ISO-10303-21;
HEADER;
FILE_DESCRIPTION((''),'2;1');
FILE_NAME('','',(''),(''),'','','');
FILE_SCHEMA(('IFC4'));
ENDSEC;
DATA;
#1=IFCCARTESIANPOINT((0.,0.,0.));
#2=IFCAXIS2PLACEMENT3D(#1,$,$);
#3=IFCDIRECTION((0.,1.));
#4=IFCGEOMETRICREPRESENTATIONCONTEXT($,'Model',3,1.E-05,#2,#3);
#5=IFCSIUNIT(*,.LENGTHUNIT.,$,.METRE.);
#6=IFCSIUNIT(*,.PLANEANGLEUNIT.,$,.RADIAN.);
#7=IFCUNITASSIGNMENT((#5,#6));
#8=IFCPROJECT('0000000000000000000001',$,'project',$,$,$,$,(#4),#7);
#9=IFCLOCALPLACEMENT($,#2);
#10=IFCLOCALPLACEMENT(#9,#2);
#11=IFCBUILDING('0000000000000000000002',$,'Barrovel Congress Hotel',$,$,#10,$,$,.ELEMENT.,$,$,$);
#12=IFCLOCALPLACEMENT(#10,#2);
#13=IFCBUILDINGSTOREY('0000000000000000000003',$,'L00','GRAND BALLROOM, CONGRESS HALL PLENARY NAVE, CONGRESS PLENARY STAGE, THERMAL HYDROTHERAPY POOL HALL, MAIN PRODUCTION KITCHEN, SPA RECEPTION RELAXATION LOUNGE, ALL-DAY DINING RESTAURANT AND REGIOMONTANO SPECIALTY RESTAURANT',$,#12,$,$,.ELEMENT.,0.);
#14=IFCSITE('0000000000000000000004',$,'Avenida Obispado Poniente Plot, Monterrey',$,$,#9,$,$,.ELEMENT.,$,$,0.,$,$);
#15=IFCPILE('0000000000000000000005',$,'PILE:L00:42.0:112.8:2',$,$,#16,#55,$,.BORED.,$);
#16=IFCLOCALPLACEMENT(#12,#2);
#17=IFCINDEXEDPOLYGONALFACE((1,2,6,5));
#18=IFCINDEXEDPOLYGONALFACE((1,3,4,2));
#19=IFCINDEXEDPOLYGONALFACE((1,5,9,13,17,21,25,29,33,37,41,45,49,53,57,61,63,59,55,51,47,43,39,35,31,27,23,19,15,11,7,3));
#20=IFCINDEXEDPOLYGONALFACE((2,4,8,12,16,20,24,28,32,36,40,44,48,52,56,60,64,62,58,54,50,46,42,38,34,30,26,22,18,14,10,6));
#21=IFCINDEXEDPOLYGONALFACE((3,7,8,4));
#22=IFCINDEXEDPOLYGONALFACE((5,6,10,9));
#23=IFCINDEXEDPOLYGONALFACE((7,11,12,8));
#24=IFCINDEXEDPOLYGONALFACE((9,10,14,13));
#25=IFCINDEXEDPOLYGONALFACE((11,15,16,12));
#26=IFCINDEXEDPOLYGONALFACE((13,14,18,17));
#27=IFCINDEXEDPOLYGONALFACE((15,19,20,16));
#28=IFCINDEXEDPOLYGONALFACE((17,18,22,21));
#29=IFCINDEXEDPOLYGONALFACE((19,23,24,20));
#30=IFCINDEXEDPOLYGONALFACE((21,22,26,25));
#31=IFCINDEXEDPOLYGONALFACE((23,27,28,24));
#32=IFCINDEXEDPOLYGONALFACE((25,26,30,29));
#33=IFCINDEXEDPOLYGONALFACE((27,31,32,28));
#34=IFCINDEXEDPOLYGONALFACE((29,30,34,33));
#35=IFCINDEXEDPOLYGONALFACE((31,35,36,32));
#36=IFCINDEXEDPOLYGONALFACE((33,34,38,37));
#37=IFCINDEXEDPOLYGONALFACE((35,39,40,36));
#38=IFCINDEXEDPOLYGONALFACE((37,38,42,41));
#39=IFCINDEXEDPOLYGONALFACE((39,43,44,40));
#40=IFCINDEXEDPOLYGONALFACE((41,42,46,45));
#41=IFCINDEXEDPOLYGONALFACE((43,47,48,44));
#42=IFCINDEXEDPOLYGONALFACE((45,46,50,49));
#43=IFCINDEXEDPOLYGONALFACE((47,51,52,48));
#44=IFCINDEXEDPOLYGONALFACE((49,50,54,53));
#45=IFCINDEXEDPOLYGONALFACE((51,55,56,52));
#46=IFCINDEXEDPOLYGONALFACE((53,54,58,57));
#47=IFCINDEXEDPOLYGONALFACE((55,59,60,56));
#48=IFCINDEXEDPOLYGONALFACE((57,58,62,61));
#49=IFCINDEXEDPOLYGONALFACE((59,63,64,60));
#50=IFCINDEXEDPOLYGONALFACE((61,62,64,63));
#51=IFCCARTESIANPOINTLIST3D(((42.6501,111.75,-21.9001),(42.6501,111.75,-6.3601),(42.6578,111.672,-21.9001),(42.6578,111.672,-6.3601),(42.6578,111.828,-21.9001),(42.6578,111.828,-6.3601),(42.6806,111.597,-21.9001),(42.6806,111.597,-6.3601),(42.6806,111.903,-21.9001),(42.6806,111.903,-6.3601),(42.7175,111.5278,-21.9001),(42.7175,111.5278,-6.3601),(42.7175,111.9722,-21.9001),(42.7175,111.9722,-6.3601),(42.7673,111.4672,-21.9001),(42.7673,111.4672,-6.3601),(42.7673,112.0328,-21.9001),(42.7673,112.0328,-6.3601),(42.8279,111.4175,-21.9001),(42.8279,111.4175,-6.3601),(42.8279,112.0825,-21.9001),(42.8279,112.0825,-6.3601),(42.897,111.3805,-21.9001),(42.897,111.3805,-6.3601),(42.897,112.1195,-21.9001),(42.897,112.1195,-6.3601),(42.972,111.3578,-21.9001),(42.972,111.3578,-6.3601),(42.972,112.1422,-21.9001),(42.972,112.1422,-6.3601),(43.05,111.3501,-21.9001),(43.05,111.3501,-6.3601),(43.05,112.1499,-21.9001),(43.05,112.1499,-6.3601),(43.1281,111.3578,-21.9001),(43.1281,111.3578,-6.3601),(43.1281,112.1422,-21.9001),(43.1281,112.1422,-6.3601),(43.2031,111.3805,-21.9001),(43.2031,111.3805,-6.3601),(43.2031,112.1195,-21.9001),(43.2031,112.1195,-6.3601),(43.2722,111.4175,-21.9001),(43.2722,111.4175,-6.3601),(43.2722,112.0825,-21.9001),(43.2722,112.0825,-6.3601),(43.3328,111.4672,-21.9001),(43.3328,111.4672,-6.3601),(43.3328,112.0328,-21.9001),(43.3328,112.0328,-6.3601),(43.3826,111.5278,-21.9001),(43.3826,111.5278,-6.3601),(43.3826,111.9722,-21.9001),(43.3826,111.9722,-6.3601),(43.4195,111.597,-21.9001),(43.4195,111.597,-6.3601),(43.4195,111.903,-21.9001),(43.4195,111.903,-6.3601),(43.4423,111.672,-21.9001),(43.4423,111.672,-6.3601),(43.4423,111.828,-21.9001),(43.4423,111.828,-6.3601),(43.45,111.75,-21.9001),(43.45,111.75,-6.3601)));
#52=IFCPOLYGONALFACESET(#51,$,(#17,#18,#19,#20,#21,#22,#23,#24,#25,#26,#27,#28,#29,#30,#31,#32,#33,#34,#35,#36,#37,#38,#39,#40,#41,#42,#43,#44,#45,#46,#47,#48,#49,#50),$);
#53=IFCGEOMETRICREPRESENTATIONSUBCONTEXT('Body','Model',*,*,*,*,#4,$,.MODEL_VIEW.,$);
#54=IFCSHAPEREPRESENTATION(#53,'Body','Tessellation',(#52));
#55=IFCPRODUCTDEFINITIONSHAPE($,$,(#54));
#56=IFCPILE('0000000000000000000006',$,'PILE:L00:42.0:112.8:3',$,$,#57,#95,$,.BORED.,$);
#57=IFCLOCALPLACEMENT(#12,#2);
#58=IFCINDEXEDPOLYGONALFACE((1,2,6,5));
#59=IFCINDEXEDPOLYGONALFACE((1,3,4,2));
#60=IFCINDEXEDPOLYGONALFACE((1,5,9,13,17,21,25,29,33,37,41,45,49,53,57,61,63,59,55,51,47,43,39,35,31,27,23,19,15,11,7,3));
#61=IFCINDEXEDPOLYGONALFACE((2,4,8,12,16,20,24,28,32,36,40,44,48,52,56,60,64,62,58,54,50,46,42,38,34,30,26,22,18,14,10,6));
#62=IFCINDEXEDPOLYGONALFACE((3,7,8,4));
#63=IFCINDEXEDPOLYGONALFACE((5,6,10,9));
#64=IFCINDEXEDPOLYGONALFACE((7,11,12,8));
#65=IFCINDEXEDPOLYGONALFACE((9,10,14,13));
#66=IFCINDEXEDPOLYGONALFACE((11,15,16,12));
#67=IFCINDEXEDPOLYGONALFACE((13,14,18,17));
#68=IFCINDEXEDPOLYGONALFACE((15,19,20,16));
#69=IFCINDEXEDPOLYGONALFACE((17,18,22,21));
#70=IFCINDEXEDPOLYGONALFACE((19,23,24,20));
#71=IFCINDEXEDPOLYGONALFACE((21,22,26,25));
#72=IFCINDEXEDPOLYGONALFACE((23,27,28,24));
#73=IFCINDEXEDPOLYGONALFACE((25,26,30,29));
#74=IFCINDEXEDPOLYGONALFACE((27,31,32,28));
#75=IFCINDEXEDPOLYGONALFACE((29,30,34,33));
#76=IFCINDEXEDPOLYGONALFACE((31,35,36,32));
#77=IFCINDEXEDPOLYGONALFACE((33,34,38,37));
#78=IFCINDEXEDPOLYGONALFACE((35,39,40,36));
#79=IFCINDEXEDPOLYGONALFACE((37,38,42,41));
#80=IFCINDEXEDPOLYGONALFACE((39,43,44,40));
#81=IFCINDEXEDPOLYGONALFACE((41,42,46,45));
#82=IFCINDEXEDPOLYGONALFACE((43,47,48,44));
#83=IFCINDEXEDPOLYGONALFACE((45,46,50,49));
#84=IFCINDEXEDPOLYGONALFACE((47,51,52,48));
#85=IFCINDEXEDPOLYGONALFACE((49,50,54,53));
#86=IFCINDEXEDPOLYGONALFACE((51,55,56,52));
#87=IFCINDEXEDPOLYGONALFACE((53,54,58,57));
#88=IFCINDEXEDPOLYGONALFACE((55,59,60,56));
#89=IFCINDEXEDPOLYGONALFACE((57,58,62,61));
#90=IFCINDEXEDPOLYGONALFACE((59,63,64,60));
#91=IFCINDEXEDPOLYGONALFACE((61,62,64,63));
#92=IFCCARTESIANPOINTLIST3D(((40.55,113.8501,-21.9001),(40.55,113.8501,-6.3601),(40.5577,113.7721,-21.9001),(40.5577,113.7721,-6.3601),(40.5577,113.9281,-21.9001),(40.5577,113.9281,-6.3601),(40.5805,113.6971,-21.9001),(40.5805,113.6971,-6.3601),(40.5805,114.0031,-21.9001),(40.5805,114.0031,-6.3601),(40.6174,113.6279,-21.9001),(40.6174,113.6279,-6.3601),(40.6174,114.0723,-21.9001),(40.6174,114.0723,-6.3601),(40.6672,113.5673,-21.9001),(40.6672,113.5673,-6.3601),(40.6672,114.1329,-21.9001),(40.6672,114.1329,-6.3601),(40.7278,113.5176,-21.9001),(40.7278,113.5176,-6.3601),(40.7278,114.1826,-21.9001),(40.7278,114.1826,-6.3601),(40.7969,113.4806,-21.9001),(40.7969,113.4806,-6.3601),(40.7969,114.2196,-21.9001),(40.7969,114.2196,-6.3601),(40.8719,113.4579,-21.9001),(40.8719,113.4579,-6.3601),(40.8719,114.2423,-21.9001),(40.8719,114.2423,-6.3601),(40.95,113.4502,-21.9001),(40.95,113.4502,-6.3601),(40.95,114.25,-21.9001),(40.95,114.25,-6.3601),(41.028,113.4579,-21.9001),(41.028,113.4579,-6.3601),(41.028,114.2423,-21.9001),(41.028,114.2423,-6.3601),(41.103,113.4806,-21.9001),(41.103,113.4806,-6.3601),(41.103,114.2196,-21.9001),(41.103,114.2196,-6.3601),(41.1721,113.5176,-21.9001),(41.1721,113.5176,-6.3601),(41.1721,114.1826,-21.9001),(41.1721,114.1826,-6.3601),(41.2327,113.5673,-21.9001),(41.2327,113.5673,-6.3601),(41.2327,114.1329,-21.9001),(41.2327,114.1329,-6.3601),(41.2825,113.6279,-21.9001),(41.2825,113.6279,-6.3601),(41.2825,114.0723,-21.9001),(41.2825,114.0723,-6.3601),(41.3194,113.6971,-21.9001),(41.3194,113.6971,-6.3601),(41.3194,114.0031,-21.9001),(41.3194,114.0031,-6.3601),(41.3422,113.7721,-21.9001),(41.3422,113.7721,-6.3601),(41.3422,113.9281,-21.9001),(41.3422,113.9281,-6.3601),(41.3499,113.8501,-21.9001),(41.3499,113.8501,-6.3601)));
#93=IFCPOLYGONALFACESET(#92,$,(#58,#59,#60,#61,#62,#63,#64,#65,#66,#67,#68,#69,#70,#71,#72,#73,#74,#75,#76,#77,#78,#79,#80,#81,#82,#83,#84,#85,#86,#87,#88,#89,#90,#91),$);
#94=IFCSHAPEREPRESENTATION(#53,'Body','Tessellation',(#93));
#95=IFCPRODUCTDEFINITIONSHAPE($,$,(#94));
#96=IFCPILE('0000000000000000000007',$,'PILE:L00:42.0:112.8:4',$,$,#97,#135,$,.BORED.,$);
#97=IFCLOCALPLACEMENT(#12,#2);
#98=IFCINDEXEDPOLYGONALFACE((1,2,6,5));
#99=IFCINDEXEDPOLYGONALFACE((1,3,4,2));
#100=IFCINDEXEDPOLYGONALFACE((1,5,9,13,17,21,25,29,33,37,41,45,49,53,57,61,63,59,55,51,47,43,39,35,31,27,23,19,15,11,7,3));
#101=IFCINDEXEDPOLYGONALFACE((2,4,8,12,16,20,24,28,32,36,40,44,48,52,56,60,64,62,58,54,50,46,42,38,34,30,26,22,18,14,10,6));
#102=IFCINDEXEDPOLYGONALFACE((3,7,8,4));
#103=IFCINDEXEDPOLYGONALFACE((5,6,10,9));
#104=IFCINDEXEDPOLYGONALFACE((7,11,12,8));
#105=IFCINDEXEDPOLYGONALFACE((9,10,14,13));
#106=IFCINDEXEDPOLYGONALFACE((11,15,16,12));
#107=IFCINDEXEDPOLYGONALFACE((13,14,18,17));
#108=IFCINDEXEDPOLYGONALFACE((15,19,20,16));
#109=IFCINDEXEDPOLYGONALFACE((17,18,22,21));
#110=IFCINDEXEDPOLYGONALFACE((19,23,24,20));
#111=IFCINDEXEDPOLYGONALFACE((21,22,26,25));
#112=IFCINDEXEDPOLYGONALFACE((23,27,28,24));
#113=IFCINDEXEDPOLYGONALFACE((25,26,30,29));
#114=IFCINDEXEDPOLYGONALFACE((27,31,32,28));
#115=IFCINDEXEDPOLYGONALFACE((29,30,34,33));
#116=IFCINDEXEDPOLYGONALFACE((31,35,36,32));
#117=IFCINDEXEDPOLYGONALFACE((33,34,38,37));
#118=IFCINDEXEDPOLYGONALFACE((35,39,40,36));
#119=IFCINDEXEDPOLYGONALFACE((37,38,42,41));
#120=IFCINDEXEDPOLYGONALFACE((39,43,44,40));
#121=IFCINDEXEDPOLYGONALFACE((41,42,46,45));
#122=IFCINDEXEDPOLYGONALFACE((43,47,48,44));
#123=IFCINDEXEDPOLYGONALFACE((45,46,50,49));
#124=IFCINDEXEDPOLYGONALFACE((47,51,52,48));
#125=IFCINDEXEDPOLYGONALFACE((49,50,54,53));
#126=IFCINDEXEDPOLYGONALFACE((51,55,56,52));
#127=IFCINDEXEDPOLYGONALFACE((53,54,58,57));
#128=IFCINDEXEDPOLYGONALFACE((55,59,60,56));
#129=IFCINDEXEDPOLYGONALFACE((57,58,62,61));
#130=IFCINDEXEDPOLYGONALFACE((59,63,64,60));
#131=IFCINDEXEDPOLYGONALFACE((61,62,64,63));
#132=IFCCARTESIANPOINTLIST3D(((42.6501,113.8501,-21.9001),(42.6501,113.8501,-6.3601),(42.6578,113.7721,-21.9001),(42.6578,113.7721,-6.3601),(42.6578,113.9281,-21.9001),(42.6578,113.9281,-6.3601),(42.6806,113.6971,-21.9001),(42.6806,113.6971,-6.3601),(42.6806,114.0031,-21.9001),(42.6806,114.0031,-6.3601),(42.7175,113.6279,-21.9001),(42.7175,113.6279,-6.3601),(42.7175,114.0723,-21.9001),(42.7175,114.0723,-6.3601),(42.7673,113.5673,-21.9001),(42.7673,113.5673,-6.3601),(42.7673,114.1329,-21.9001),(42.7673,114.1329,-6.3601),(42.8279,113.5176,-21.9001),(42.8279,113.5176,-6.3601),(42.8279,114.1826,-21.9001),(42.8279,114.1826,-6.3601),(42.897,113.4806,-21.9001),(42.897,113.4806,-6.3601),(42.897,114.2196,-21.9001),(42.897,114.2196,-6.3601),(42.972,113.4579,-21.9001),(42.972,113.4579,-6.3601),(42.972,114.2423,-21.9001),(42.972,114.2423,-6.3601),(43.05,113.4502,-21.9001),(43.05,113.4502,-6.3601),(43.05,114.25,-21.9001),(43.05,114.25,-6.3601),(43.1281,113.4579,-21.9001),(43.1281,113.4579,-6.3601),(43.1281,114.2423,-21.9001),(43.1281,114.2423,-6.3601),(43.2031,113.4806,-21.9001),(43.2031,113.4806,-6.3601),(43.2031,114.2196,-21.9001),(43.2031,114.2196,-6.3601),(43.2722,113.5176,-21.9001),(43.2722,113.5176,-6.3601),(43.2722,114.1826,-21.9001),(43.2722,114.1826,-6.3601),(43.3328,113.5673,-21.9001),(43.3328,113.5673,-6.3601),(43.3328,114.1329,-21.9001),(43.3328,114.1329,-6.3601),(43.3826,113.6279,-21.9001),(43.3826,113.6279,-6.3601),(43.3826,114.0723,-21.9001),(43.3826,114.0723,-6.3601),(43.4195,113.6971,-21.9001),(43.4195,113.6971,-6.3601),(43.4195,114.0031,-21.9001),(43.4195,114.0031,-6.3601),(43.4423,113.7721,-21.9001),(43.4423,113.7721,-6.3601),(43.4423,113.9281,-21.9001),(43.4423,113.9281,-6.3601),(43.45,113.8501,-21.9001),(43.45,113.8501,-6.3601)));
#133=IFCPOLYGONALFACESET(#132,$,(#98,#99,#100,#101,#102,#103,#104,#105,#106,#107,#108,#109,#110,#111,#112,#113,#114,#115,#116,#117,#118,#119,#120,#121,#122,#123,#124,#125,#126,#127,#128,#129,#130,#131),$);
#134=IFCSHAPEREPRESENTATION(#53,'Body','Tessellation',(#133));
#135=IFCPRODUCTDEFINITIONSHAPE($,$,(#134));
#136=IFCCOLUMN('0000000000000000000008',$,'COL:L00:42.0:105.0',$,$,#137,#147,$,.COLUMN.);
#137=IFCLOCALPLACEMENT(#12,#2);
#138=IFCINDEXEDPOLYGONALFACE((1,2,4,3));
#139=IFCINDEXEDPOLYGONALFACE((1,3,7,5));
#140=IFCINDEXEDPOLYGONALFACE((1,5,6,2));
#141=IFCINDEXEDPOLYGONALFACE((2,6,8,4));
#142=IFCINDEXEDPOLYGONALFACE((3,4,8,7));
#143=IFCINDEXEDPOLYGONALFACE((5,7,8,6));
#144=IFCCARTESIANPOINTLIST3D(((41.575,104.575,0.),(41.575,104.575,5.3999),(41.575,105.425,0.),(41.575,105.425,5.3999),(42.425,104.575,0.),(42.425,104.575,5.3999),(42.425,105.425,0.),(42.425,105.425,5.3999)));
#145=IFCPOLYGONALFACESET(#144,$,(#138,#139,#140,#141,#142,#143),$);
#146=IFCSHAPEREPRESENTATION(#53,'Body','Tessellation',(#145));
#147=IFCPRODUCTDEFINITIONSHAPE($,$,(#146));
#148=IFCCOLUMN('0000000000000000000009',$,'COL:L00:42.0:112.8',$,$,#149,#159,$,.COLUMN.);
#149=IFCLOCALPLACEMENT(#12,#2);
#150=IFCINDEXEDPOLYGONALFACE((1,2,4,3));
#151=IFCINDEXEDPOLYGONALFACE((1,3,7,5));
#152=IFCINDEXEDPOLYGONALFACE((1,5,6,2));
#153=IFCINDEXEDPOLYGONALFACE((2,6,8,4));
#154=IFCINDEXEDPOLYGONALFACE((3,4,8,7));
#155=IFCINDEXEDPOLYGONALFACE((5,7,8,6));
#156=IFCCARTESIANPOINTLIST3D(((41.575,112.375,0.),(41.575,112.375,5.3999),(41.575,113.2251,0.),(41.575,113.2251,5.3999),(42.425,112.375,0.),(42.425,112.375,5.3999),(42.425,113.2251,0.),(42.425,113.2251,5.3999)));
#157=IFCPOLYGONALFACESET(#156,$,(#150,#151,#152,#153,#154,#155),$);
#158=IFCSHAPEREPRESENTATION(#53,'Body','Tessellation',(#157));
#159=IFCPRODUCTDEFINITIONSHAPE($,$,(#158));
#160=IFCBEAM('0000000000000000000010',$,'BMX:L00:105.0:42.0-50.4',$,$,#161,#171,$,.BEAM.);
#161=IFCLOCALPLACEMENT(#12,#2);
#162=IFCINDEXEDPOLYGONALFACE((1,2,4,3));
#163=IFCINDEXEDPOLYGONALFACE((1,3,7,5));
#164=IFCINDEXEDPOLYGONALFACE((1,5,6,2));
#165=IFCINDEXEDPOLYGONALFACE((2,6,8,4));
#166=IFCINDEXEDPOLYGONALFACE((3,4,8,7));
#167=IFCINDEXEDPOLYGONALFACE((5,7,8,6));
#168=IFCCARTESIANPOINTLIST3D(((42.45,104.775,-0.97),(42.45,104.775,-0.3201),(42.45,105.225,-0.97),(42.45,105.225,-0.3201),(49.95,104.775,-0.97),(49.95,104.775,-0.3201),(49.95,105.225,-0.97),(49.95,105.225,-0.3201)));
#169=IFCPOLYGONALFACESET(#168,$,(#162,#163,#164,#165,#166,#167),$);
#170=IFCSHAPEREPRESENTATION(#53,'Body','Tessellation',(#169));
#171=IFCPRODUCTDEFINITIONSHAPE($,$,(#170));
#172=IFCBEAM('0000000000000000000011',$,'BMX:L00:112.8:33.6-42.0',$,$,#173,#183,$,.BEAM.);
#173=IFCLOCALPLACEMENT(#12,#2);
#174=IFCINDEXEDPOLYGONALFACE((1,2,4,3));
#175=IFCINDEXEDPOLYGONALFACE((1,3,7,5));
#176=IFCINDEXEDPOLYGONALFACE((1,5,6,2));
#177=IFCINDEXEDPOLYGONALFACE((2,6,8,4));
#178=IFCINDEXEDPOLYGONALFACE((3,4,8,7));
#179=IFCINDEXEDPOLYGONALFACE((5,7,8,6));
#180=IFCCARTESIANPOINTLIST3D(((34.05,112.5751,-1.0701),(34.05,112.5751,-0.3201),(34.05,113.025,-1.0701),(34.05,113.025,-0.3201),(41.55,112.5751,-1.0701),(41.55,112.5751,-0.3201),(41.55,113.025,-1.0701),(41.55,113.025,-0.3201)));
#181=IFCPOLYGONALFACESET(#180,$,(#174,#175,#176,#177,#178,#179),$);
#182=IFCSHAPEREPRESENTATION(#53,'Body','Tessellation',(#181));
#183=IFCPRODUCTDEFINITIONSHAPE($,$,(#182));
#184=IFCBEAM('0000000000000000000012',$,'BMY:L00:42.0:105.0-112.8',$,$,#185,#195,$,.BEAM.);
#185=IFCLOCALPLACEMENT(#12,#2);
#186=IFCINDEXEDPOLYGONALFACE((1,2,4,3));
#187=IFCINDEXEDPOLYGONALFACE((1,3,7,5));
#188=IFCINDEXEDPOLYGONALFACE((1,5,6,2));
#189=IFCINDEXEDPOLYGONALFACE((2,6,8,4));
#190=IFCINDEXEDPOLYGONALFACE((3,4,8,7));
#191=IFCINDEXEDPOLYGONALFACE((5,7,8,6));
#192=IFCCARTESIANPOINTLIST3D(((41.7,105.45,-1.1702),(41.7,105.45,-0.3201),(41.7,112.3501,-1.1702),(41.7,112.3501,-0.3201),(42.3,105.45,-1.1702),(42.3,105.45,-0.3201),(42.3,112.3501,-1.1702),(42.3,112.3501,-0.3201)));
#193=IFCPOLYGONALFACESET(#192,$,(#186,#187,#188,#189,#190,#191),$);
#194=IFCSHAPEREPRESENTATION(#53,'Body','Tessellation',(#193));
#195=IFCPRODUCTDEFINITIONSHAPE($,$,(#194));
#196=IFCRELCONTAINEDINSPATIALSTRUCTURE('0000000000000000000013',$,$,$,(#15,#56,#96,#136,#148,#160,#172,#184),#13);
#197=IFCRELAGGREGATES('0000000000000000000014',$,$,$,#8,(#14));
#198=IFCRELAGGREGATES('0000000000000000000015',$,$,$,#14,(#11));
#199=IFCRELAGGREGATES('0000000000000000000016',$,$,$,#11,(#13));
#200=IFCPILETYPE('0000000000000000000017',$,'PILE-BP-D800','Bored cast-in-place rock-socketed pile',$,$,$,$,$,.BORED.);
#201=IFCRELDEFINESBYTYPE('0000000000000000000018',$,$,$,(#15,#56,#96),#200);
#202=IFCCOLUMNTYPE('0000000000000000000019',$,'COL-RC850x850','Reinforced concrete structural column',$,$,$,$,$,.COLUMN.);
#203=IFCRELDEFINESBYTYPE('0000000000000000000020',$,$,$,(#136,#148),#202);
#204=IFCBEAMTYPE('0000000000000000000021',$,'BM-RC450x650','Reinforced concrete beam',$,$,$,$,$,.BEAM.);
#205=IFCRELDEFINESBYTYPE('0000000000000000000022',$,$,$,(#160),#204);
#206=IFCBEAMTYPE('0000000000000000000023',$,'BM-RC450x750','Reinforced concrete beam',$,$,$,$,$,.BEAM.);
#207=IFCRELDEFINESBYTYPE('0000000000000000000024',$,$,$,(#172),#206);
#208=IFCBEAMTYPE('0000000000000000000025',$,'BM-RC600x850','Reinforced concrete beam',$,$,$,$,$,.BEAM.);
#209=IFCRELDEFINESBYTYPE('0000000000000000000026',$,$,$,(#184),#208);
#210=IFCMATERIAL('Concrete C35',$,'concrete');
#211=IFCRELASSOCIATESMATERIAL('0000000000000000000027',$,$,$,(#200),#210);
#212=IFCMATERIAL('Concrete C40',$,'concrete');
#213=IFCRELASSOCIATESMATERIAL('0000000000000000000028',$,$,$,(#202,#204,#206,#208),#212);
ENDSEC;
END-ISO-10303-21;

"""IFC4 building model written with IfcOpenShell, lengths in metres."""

from ifc_helpers import new_model, si_unit, direction, frame, origin, origin_2d, place, context, subcontext, project, spatial, rectangle, circle, extrude, material, material_profile, profile_set, type_object, element, save


model = new_model("IFC4")

# Units and contexts
model_context = context("Model", 3, precision=1e-05, world=origin(), true_north=direction((0.0, 1.0)))
body_context = subcontext(model_context, "Body", "Model", "MODEL_VIEW")
ifc_project = project(units=[si_unit("LENGTHUNIT", "METRE"), si_unit("PLANEANGLEUNIT", "RADIAN")], contexts=[model_context])

# Site, building, storey
site_placement = place(None, origin())
site = spatial("IfcSite", under=ifc_project, at=site_placement, Name="Avenida Obispado Poniente Plot, Monterrey", CompositionType="ELEMENT", RefElevation=0.0)
building_placement = place(site_placement, origin())
building = spatial("IfcBuilding", under=site, at=building_placement, Name="Barrovel Congress Hotel", CompositionType="ELEMENT")
storey_placement = place(building_placement, origin())
storey = spatial("IfcBuildingStorey", under=building, at=storey_placement, Name="L00", Description="GRAND BALLROOM, CONGRESS HALL PLENARY NAVE, CONGRESS PLENARY STAGE, THERMAL HYDROTHERAPY POOL HALL, MAIN PRODUCTION KITCHEN, SPA RECEPTION RELAXATION LOUNGE, ALL-DAY DINING RESTAURANT AND REGIOMONTANO SPECIALTY RESTAURANT", CompositionType="ELEMENT", Elevation=0.0)

# Shared definitions
ifc_material_1 = material(Name="Concrete C40", Category="concrete")

# Piles
ifc_material_2 = material(Name="Concrete C35", Category="concrete")
ifc_material_profile_1 = material_profile(ifc_material_2, circle(Radius=0.3999, at=origin_2d()), Name="BP-D800")
ifc_profile_set_1 = profile_set([ifc_material_profile_1], Name="Concrete C35")
pile_type = type_object("IfcPileType", Name="PILE-BP-D800", Description="Bored cast-in-place rock-socketed pile", PredefinedType="BORED", material=ifc_profile_set_1)
for number, where, z_axis, x_axis, name in (
    (1, (43.05, 111.75, -6.3601), (0.0, 0.0, -1.0), (1.0, 0.0, 0.0), "PILE:L00:42.0:112.8:2"),
    (2, (40.95, 113.8501, -6.3601), (0.0, 0.0, -1.0), (1.0, 0.0, 0.0), "PILE:L00:42.0:112.8:3"),
    (3, (43.05, 113.8501, -6.3601), (0.0, 0.0, -1.0), (1.0, 0.0, 0.0), "PILE:L00:42.0:112.8:4"),
):
    element("IfcPile", number, at=place(storey_placement, frame(where, z_axis=z_axis, x_axis=x_axis)), inside=storey, type_object=pile_type, Name=name, PredefinedType="BORED", context=body_context, shape_type="SweptSolid", body=[
        extrude(circle(Radius=0.3999, at=origin_2d()), origin(), (0.0, 0.0, 1.0), 15.54),
    ])

# Columns
ifc_material_profile_2 = material_profile(ifc_material_1, rectangle(XDim=0.8501, YDim=0.8501, at=origin_2d()), Name="RC850x850")
ifc_profile_set_2 = profile_set([ifc_material_profile_2], Name="Concrete C40")
column_type = type_object("IfcColumnType", Name="COL-RC850x850", Description="Reinforced concrete structural column", PredefinedType="COLUMN", material=ifc_profile_set_2)
for number, where, z_axis, x_axis, name in (
    (4, (42.0, 105.0, 0.0), (0.0, 0.0, 1.0), (1.0, 0.0, 0.0), "COL:L00:42.0:105.0"),
    (5, (42.0, 112.8, 0.0), (0.0, 0.0, 1.0), (1.0, 0.0, 0.0), "COL:L00:42.0:112.8"),
):
    element("IfcColumn", number, at=place(storey_placement, frame(where, z_axis=z_axis, x_axis=x_axis)), inside=storey, type_object=column_type, Name=name, PredefinedType="COLUMN", context=body_context, shape_type="SweptSolid", body=[
        extrude(rectangle(XDim=0.8501, YDim=0.8501, at=origin_2d()), origin(), (0.0, 0.0, 1.0), 5.3999),
    ])

# Beams
ifc_material_profile_3 = material_profile(ifc_material_1, rectangle(XDim=0.45, YDim=0.6499, at=origin_2d()), Name="RC450x650")
ifc_profile_set_3 = profile_set([ifc_material_profile_3], Name="Concrete C40")
beam_type_1 = type_object("IfcBeamType", Name="BM-RC450x650", Description="Reinforced concrete beam", PredefinedType="BEAM", material=ifc_profile_set_3)
beam_1_placement = place(storey_placement, frame((42.45, 105.0, -0.645), z_axis=(1.0, 0.0, 0.0), x_axis=(0.0, 1.0, 0.0)))
element("IfcBeam", 6, at=beam_1_placement, inside=storey, type_object=beam_type_1, Name="BMX:L00:105.0:42.0-50.4", PredefinedType="BEAM", context=body_context, shape_type="SweptSolid", body=[
    extrude(rectangle(XDim=0.45, YDim=0.6499, at=origin_2d()), origin(), (0.0, 0.0, 1.0), 7.5),
])
ifc_material_profile_4 = material_profile(ifc_material_1, rectangle(XDim=0.45, YDim=0.75, at=origin_2d()), Name="RC450x750")
ifc_profile_set_4 = profile_set([ifc_material_profile_4], Name="Concrete C40")
beam_type_2 = type_object("IfcBeamType", Name="BM-RC450x750", Description="Reinforced concrete beam", PredefinedType="BEAM", material=ifc_profile_set_4)
beam_2_placement = place(storey_placement, frame((34.05, 112.8, -0.6951), z_axis=(1.0, 0.0, 0.0), x_axis=(0.0, 1.0, 0.0)))
element("IfcBeam", 7, at=beam_2_placement, inside=storey, type_object=beam_type_2, Name="BMX:L00:112.8:33.6-42.0", PredefinedType="BEAM", context=body_context, shape_type="SweptSolid", body=[
    extrude(rectangle(XDim=0.45, YDim=0.75, at=origin_2d()), origin(), (0.0, 0.0, 1.0), 7.5),
])
ifc_material_profile_5 = material_profile(ifc_material_1, rectangle(XDim=0.6001, YDim=0.8501, at=origin_2d()), Name="RC600x850")
ifc_profile_set_5 = profile_set([ifc_material_profile_5], Name="Concrete C40")
beam_type_3 = type_object("IfcBeamType", Name="BM-RC600x850", Description="Reinforced concrete beam", PredefinedType="BEAM", material=ifc_profile_set_5)
beam_3_placement = place(storey_placement, frame((42.0, 105.45, -0.7451), z_axis=(0.0, 1.0, 0.0), x_axis=(-1.0, 0.0, 0.0)))
element("IfcBeam", 8, at=beam_3_placement, inside=storey, type_object=beam_type_3, Name="BMY:L00:42.0:105.0-112.8", PredefinedType="BEAM", context=body_context, shape_type="SweptSolid", body=[
    extrude(rectangle(XDim=0.6001, YDim=0.8501, at=origin_2d()), origin(), (0.0, 0.0, 1.0), 6.9001),
])

save(model, "model.ifc")
